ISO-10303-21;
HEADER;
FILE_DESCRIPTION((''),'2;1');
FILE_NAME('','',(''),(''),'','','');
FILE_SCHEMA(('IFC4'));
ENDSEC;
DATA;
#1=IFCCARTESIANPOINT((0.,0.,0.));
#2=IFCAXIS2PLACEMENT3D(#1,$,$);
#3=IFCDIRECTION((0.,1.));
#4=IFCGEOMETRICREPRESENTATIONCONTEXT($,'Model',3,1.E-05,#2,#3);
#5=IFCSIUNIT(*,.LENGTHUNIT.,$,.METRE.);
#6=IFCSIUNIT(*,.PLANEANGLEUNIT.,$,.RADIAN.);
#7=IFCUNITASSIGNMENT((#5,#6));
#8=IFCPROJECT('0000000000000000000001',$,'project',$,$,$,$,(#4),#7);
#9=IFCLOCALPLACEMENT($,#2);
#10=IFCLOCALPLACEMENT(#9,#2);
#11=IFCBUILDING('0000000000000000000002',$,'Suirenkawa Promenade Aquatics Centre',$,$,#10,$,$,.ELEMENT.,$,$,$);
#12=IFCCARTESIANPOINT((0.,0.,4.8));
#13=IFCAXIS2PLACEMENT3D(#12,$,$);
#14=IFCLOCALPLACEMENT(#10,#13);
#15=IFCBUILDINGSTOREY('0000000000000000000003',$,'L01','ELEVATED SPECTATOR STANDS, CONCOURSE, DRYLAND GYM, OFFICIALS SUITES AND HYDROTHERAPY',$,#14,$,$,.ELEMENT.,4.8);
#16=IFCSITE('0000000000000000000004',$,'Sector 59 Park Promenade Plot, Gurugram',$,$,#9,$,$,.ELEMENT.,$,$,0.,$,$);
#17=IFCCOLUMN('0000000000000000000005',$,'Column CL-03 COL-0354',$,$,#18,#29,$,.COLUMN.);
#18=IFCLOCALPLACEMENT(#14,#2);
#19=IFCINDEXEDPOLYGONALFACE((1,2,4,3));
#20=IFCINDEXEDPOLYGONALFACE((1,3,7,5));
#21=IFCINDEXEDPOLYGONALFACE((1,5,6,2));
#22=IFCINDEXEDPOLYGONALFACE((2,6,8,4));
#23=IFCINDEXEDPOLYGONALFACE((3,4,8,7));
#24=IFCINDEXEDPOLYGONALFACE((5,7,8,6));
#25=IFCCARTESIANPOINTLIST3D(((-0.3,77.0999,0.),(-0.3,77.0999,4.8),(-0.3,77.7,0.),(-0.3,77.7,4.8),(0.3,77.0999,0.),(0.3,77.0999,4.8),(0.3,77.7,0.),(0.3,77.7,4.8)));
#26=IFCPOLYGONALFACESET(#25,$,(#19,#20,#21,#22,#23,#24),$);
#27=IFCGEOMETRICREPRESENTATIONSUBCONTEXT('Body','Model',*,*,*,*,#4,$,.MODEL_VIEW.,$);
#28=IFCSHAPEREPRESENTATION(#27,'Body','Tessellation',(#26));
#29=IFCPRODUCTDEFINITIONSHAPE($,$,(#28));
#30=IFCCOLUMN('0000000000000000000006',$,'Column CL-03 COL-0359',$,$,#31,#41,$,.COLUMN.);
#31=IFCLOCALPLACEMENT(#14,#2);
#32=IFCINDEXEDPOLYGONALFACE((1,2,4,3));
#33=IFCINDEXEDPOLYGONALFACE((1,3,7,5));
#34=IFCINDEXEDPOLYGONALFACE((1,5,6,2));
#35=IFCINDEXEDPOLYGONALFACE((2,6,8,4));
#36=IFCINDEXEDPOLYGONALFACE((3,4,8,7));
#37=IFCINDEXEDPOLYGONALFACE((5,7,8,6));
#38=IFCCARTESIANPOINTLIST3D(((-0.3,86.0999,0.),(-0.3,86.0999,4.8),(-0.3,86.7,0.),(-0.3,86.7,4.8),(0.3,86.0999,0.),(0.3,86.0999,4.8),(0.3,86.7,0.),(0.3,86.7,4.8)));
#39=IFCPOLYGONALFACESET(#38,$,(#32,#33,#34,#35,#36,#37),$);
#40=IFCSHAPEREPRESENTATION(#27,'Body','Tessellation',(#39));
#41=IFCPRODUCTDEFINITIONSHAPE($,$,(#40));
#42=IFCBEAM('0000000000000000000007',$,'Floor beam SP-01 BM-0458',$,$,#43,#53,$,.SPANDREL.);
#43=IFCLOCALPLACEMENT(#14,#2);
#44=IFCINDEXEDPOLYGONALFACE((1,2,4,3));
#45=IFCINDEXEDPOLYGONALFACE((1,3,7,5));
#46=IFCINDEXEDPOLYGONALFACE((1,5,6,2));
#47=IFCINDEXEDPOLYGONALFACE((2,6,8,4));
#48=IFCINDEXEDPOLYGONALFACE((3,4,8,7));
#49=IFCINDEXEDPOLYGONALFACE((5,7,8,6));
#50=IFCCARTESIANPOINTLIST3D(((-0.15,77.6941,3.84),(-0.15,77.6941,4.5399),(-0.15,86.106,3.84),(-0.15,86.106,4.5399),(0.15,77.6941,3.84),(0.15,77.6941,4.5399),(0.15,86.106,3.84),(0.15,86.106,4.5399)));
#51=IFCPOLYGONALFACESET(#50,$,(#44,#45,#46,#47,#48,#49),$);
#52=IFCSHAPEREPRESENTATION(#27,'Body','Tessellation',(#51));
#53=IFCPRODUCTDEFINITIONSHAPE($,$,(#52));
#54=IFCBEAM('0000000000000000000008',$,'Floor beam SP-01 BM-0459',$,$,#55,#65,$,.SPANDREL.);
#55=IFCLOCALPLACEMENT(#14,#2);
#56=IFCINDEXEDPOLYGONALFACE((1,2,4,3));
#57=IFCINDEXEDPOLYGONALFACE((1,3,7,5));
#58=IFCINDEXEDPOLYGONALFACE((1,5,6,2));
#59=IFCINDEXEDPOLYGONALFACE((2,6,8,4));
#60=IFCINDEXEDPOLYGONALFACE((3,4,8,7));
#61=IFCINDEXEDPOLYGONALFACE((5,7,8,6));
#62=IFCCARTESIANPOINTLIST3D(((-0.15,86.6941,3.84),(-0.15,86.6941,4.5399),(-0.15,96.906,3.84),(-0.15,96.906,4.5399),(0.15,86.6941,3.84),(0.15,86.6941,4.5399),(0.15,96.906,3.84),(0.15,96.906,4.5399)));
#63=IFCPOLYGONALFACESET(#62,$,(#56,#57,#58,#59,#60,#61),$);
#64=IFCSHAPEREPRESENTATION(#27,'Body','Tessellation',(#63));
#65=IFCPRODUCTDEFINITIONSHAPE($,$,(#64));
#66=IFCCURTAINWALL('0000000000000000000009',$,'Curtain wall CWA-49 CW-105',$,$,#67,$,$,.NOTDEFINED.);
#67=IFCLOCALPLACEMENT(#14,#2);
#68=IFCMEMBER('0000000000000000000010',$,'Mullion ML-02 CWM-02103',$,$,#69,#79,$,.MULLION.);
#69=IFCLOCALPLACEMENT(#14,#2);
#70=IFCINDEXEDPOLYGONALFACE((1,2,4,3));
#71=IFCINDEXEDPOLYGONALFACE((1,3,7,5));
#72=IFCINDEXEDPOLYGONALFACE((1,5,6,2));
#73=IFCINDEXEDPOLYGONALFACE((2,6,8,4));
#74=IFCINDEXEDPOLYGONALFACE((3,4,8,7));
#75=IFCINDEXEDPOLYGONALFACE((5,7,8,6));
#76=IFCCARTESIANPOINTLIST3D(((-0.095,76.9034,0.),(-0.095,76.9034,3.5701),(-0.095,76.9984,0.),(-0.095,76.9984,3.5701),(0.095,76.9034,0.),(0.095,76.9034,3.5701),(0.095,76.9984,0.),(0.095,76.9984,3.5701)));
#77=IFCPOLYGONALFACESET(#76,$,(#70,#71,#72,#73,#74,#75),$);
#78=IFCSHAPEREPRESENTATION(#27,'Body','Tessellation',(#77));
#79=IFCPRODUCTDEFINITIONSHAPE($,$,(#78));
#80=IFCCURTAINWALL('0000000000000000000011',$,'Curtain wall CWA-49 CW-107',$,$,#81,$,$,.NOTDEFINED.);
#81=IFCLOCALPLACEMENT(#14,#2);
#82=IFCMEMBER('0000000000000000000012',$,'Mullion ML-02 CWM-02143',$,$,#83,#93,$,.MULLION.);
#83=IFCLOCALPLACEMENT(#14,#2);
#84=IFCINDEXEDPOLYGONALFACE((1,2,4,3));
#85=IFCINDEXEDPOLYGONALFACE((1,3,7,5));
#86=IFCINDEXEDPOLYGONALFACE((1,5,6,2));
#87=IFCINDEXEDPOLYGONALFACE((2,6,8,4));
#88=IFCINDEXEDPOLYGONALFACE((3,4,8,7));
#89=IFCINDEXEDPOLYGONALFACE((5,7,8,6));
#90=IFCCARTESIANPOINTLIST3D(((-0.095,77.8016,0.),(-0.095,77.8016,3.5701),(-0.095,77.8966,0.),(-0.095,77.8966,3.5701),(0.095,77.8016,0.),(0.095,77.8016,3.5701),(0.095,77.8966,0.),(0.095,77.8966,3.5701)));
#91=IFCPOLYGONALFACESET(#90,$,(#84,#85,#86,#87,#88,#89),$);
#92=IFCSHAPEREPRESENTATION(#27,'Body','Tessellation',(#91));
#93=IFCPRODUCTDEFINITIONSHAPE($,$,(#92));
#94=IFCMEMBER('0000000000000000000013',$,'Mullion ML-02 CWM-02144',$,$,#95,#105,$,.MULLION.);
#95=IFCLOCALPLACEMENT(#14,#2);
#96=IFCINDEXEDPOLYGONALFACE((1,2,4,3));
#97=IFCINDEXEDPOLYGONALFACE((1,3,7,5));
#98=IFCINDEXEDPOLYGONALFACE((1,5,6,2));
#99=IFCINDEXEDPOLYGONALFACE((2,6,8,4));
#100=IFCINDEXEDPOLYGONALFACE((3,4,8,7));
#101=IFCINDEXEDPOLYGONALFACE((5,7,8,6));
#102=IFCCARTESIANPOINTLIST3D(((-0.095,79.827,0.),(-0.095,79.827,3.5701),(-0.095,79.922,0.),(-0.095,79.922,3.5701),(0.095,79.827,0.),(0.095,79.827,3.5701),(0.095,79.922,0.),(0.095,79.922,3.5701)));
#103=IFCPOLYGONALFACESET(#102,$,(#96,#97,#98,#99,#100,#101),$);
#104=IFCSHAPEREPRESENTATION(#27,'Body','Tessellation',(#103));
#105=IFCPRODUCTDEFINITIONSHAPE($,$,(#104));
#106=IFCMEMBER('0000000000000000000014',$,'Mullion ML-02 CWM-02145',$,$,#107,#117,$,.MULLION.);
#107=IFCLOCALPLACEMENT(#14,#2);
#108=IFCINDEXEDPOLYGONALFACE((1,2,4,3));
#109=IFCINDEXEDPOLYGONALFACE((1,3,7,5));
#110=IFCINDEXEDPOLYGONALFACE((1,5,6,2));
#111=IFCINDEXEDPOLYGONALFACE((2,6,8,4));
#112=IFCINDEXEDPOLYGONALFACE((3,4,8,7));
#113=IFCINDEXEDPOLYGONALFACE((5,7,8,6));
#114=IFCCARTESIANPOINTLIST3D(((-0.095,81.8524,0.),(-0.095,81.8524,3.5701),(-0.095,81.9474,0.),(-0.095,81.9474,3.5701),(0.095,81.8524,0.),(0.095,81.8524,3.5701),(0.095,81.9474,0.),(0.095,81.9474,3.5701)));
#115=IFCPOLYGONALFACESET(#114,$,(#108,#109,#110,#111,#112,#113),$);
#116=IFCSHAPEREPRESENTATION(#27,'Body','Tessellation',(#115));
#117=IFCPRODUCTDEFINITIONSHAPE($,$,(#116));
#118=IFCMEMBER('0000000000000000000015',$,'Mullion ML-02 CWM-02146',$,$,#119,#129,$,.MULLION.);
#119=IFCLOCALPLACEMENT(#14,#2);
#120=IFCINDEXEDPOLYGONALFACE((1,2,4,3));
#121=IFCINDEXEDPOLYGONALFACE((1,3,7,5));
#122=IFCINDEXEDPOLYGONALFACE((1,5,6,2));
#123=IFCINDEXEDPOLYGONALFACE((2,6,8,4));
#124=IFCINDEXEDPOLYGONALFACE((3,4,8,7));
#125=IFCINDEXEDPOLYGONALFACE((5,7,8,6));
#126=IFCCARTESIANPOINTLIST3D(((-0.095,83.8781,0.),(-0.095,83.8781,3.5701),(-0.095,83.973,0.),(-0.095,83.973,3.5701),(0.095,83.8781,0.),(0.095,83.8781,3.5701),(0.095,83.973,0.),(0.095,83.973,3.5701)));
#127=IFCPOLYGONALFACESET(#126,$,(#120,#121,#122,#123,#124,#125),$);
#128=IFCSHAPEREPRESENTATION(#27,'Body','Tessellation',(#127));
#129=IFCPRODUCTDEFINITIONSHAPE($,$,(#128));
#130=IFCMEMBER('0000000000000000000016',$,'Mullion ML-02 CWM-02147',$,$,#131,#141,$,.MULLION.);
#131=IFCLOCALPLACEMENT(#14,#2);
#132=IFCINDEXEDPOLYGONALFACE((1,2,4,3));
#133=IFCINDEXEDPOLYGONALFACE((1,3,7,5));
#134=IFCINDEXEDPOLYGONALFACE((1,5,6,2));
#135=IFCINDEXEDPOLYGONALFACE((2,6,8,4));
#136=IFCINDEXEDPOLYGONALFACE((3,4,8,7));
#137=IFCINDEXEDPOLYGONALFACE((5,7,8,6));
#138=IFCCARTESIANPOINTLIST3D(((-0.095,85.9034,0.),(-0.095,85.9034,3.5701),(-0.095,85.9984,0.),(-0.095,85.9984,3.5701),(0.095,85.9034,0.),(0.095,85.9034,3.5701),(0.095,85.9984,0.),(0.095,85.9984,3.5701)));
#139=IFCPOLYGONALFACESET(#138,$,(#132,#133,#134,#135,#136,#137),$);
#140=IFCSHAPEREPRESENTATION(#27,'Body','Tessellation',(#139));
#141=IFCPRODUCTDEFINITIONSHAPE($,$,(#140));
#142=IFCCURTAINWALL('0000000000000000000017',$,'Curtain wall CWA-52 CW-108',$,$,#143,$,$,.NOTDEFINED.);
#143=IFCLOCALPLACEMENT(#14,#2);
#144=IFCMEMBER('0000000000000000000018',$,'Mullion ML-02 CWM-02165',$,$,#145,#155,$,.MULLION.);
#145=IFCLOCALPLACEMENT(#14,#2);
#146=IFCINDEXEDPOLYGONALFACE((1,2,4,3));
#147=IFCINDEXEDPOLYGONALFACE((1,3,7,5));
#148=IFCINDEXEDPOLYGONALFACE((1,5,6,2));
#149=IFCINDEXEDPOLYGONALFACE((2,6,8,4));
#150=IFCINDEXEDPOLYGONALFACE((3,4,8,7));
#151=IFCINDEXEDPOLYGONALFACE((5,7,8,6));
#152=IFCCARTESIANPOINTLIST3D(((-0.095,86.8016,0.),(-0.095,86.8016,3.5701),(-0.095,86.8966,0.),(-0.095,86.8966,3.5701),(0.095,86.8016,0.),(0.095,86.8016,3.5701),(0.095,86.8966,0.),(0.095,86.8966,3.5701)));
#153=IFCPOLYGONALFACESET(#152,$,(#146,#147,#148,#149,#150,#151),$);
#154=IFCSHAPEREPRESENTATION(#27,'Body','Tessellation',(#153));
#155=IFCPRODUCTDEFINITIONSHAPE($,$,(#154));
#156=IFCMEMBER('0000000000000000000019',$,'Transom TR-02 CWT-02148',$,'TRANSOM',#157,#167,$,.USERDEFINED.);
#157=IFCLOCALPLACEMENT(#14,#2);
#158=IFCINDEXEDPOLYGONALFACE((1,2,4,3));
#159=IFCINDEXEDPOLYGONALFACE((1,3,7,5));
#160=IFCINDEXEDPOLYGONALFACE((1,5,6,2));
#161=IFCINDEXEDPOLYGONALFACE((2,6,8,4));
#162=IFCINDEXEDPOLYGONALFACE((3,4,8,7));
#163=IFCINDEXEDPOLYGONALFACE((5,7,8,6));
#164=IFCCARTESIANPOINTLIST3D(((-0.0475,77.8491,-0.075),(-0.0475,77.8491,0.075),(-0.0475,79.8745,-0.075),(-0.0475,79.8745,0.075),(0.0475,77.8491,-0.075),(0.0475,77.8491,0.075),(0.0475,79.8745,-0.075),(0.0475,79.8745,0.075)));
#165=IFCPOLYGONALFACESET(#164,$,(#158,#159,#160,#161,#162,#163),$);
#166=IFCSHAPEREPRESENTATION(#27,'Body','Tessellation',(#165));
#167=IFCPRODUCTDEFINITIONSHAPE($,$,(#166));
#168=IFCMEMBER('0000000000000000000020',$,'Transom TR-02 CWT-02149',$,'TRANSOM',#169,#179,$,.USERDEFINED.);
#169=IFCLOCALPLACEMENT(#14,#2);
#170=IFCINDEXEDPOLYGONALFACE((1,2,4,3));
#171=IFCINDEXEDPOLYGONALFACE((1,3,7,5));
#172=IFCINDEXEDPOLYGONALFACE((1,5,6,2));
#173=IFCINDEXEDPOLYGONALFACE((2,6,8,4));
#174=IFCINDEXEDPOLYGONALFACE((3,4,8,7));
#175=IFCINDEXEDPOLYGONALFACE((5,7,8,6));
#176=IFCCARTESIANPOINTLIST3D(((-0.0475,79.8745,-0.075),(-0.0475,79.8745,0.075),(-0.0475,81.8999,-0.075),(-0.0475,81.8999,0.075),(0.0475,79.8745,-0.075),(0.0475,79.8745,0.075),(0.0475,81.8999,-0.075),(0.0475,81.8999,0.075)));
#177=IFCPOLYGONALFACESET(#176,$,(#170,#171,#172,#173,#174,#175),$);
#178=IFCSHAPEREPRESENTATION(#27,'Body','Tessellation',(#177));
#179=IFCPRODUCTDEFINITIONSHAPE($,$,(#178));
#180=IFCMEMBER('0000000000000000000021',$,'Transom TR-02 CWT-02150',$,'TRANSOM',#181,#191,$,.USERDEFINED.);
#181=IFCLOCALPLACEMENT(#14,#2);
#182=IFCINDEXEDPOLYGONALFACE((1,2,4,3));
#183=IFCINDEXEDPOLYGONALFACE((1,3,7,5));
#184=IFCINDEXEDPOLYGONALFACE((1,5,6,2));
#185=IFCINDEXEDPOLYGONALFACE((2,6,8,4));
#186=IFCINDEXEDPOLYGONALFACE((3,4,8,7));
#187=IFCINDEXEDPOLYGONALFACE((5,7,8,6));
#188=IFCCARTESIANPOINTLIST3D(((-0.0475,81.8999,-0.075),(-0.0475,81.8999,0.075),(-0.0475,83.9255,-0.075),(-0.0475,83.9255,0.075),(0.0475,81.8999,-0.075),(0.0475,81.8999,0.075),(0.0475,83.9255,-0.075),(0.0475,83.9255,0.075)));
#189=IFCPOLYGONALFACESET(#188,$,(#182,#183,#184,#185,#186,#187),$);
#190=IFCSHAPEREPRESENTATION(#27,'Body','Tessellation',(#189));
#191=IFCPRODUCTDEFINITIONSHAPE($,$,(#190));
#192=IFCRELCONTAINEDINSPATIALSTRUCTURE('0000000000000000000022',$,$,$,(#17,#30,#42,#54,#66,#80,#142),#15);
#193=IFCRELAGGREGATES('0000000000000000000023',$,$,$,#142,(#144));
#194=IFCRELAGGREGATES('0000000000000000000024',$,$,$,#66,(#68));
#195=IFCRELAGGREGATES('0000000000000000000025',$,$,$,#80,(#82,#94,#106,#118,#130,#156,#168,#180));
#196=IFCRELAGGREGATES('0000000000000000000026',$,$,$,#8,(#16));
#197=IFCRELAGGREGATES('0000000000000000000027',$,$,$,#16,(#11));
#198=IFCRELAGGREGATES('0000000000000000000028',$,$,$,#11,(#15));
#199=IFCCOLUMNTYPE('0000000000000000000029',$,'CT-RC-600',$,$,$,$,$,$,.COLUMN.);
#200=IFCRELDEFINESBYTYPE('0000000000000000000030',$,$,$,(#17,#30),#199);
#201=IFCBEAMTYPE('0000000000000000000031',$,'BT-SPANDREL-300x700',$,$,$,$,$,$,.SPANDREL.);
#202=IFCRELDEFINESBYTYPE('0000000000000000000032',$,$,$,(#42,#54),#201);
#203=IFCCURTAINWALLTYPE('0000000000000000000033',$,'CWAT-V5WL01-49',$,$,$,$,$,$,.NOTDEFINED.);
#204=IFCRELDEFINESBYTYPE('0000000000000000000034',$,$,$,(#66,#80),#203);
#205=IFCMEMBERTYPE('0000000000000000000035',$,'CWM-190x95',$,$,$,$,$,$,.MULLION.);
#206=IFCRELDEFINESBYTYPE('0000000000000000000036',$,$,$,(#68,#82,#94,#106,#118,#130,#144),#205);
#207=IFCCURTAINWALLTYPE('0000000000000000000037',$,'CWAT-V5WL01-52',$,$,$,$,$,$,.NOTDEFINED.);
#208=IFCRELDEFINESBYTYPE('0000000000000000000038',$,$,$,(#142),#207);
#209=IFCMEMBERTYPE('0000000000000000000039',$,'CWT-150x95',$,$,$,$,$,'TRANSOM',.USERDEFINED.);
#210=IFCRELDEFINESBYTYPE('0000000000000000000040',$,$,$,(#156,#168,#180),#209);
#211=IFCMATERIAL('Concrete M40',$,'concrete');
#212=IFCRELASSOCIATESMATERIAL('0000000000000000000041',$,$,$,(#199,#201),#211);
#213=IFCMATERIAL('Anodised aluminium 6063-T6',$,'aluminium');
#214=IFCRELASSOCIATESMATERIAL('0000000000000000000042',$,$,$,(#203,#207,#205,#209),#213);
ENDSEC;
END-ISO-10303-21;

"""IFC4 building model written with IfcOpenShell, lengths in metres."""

from ifc_helpers import new_model, si_unit, direction, frame, origin, origin_2d, place, context, subcontext, project, spatial, rectangle, extrude, material, material_profile, profile_set, type_object, element, aggregate, save


model = new_model("IFC4")

# Units and contexts
model_context = context("Model", 3, precision=1e-05, world=origin(), true_north=direction((0.0, 1.0)))
body_context = subcontext(model_context, "Body", "Model", "MODEL_VIEW")
ifc_project = project(units=[si_unit("LENGTHUNIT", "METRE"), si_unit("PLANEANGLEUNIT", "RADIAN")], contexts=[model_context])

# Site, building, storey
site_placement = place(None, origin())
site = spatial("IfcSite", under=ifc_project, at=site_placement, Name="Sector 59 Park Promenade Plot, Gurugram", CompositionType="ELEMENT", RefElevation=0.0)
building_placement = place(site_placement, origin())
building = spatial("IfcBuilding", under=site, at=building_placement, Name="Suirenkawa Promenade Aquatics Centre", CompositionType="ELEMENT")
storey_placement = place(building_placement, frame((0.0, 0.0, 4.8)))
storey = spatial("IfcBuildingStorey", under=building, at=storey_placement, Name="L01", Description="ELEVATED SPECTATOR STANDS, CONCOURSE, DRYLAND GYM, OFFICIALS SUITES AND HYDROTHERAPY", CompositionType="ELEMENT", Elevation=4.8)

# Columns
ifc_material_1 = material(Name="Concrete M40", Category="concrete")
ifc_material_profile_1 = material_profile(ifc_material_1, rectangle(XDim=0.6001, YDim=0.6001, at=origin_2d()), Name="RC COL 600x600", Category="concrete")
ifc_profile_set_1 = profile_set([ifc_material_profile_1], Name="Concrete M40")
column_type = type_object("IfcColumnType", Name="CT-RC-600", PredefinedType="COLUMN", material=ifc_profile_set_1)
for number, where, z_axis, x_axis, name in (
    (1, (0.0, 77.3999, 0.0), (0.0, 0.0, 1.0), (1.0, 0.0, 0.0), "Column CL-03 COL-0354"),
    (2, (0.0, 86.3999, 0.0), (0.0, 0.0, 1.0), (1.0, 0.0, 0.0), "Column CL-03 COL-0359"),
):
    element("IfcColumn", number, at=place(storey_placement, frame(where, z_axis=z_axis, x_axis=x_axis)), inside=storey, type_object=column_type, Name=name, PredefinedType="COLUMN", context=body_context, shape_type="SweptSolid", body=[
        extrude(rectangle(XDim=0.6001, YDim=0.6001, at=origin_2d()), origin(), (0.0, 0.0, 1.0), 4.8),
    ])

# Beams
ifc_material_profile_2 = material_profile(ifc_material_1, rectangle(XDim=0.3, YDim=0.7, at=origin_2d()), Name="RC SPANDREL 300x700", Category="concrete")
ifc_profile_set_2 = profile_set([ifc_material_profile_2], Name="Concrete M40")
beam_type = type_object("IfcBeamType", Name="BT-SPANDREL-300x700", PredefinedType="SPANDREL", material=ifc_profile_set_2)
beam_1_placement = place(storey_placement, frame((0.0, 77.6941, 4.1899), z_axis=(0.0, 1.0, 0.0), x_axis=(-1.0, 0.0, 0.0)))
element("IfcBeam", 3, at=beam_1_placement, inside=storey, type_object=beam_type, Name="Floor beam SP-01 BM-0458", PredefinedType="SPANDREL", context=body_context, shape_type="SweptSolid", body=[
    extrude(rectangle(XDim=0.3, YDim=0.7, at=origin_2d()), origin(), (0.0, 0.0, 1.0), 8.4119),
])
beam_2_placement = place(storey_placement, frame((0.0, 86.6941, 4.1899), z_axis=(0.0, 1.0, 0.0), x_axis=(-1.0, 0.0, 0.0)))
element("IfcBeam", 4, at=beam_2_placement, inside=storey, type_object=beam_type, Name="Floor beam SP-01 BM-0459", PredefinedType="SPANDREL", context=body_context, shape_type="SweptSolid", body=[
    extrude(rectangle(XDim=0.3, YDim=0.7, at=origin_2d()), origin(), (0.0, 0.0, 1.0), 10.2119),
])

# Curtain wall, member
ifc_material_2 = material(Name="Anodised aluminium 6063-T6", Category="aluminium")
curtain_wall_type_1 = type_object("IfcCurtainWallType", Name="CWAT-V5WL01-49", PredefinedType="NOTDEFINED", material=ifc_material_2)
curtain_wall_1_placement = place(storey_placement, origin())
curtain_wall_1 = element("IfcCurtainWall", 5, at=curtain_wall_1_placement, inside=storey, type_object=curtain_wall_type_1, Name="Curtain wall CWA-49 CW-105", PredefinedType="NOTDEFINED")
ifc_material_profile_3 = material_profile(ifc_material_2, rectangle(XDim=0.095, YDim=0.1899, at=origin_2d()), Name="ALU MULL 95x190", Category="aluminium")
ifc_profile_set_3 = profile_set([ifc_material_profile_3], Name="Anodised aluminium 6063-T6")
member_type_1 = type_object("IfcMemberType", Name="CWM-190x95", PredefinedType="MULLION", material=ifc_profile_set_3)
member_1_placement = place(storey_placement, frame((0.0, 76.9509, 0.0), z_axis=(0.0, 0.0, 1.0), x_axis=(0.0, 1.0, 0.0)))
member_1 = element("IfcMember", 6, at=member_1_placement, type_object=member_type_1, Name="Mullion ML-02 CWM-02103", PredefinedType="MULLION", context=body_context, shape_type="SweptSolid", body=[
    extrude(rectangle(XDim=0.095, YDim=0.1899, at=origin_2d()), origin(), (0.0, 0.0, 1.0), 3.5701),
])

# Curtain wall, members
curtain_wall_2_placement = place(storey_placement, origin())
curtain_wall_2 = element("IfcCurtainWall", 7, at=curtain_wall_2_placement, inside=storey, type_object=curtain_wall_type_1, Name="Curtain wall CWA-49 CW-107", PredefinedType="NOTDEFINED")
member_2_placement = place(storey_placement, frame((0.0, 77.8491, 0.0), z_axis=(0.0, 0.0, 1.0), x_axis=(0.0, 1.0, 0.0)))
member_2 = element("IfcMember", 8, at=member_2_placement, type_object=member_type_1, Name="Mullion ML-02 CWM-02143", PredefinedType="MULLION", context=body_context, shape_type="SweptSolid", body=[
    extrude(rectangle(XDim=0.095, YDim=0.1899, at=origin_2d()), origin(), (0.0, 0.0, 1.0), 3.5701),
])
member_3_placement = place(storey_placement, frame((0.0, 79.8745, 0.0), z_axis=(0.0, 0.0, 1.0), x_axis=(0.0, 1.0, 0.0)))
member_3 = element("IfcMember", 9, at=member_3_placement, type_object=member_type_1, Name="Mullion ML-02 CWM-02144", PredefinedType="MULLION", context=body_context, shape_type="SweptSolid", body=[
    extrude(rectangle(XDim=0.095, YDim=0.1899, at=origin_2d()), origin(), (0.0, 0.0, 1.0), 3.5701),
])
member_4_placement = place(storey_placement, frame((0.0, 81.8999, 0.0), z_axis=(0.0, 0.0, 1.0), x_axis=(0.0, 1.0, 0.0)))
member_4 = element("IfcMember", 10, at=member_4_placement, type_object=member_type_1, Name="Mullion ML-02 CWM-02145", PredefinedType="MULLION", context=body_context, shape_type="SweptSolid", body=[
    extrude(rectangle(XDim=0.095, YDim=0.1899, at=origin_2d()), origin(), (0.0, 0.0, 1.0), 3.5701),
])
member_5_placement = place(storey_placement, frame((0.0, 83.9255, 0.0), z_axis=(0.0, 0.0, 1.0), x_axis=(0.0, 1.0, 0.0)))
member_5 = element("IfcMember", 11, at=member_5_placement, type_object=member_type_1, Name="Mullion ML-02 CWM-02146", PredefinedType="MULLION", context=body_context, shape_type="SweptSolid", body=[
    extrude(rectangle(XDim=0.095, YDim=0.1899, at=origin_2d()), origin(), (0.0, 0.0, 1.0), 3.5701),
])
member_6_placement = place(storey_placement, frame((0.0, 85.9509, 0.0), z_axis=(0.0, 0.0, 1.0), x_axis=(0.0, 1.0, 0.0)))
member_6 = element("IfcMember", 12, at=member_6_placement, type_object=member_type_1, Name="Mullion ML-02 CWM-02147", PredefinedType="MULLION", context=body_context, shape_type="SweptSolid", body=[
    extrude(rectangle(XDim=0.095, YDim=0.1899, at=origin_2d()), origin(), (0.0, 0.0, 1.0), 3.5701),
])

# Curtain wall, member
curtain_wall_type_2 = type_object("IfcCurtainWallType", Name="CWAT-V5WL01-52", PredefinedType="NOTDEFINED", material=ifc_material_2)
curtain_wall_3_placement = place(storey_placement, origin())
curtain_wall_3 = element("IfcCurtainWall", 13, at=curtain_wall_3_placement, inside=storey, type_object=curtain_wall_type_2, Name="Curtain wall CWA-52 CW-108", PredefinedType="NOTDEFINED")
member_7_placement = place(storey_placement, frame((0.0, 86.8491, 0.0), z_axis=(0.0, 0.0, 1.0), x_axis=(0.0, 1.0, 0.0)))
member_7 = element("IfcMember", 14, at=member_7_placement, type_object=member_type_1, Name="Mullion ML-02 CWM-02165", PredefinedType="MULLION", context=body_context, shape_type="SweptSolid", body=[
    extrude(rectangle(XDim=0.095, YDim=0.1899, at=origin_2d()), origin(), (0.0, 0.0, 1.0), 3.5701),
])

# Members
ifc_material_profile_4 = material_profile(ifc_material_2, rectangle(XDim=0.095, YDim=0.1499, at=origin_2d()), Name="ALU TRAN 95x150", Category="aluminium")
ifc_profile_set_4 = profile_set([ifc_material_profile_4], Name="Anodised aluminium 6063-T6")
member_type_2 = type_object("IfcMemberType", Name="CWT-150x95", ElementType="TRANSOM", PredefinedType="USERDEFINED", material=ifc_profile_set_4)
member_8_placement = place(storey_placement, frame((0.0, 77.8491, 0.0), z_axis=(0.0, 1.0, 0.0), x_axis=(-1.0, 0.0, 0.0)))
member_8 = element("IfcMember", 15, at=member_8_placement, type_object=member_type_2, Name="Transom TR-02 CWT-02148", ObjectType="TRANSOM", PredefinedType="USERDEFINED", context=body_context, shape_type="SweptSolid", body=[
    extrude(rectangle(XDim=0.095, YDim=0.1499, at=origin_2d()), origin(), (0.0, 0.0, 1.0), 2.0254),
])
member_9_placement = place(storey_placement, frame((0.0, 79.8745, 0.0), z_axis=(0.0, 1.0, 0.0), x_axis=(-1.0, 0.0, 0.0)))
member_9 = element("IfcMember", 16, at=member_9_placement, type_object=member_type_2, Name="Transom TR-02 CWT-02149", ObjectType="TRANSOM", PredefinedType="USERDEFINED", context=body_context, shape_type="SweptSolid", body=[
    extrude(rectangle(XDim=0.095, YDim=0.1499, at=origin_2d()), origin(), (0.0, 0.0, 1.0), 2.0254),
])
member_10_placement = place(storey_placement, frame((0.0, 81.8999, 0.0), z_axis=(0.0, 1.0, 0.0), x_axis=(-1.0, 0.0, 0.0)))
member_10 = element("IfcMember", 17, at=member_10_placement, type_object=member_type_2, Name="Transom TR-02 CWT-02150", ObjectType="TRANSOM", PredefinedType="USERDEFINED", context=body_context, shape_type="SweptSolid", body=[
    extrude(rectangle(XDim=0.095, YDim=0.1499, at=origin_2d()), origin(), (0.0, 0.0, 1.0), 2.0256),
])
aggregate(curtain_wall_3, [member_7])

aggregate(curtain_wall_1, [member_1])
aggregate(curtain_wall_2, [member_2, member_3, member_4, member_5, member_6, member_8, member_9, member_10])

save(model, "model.ifc")
